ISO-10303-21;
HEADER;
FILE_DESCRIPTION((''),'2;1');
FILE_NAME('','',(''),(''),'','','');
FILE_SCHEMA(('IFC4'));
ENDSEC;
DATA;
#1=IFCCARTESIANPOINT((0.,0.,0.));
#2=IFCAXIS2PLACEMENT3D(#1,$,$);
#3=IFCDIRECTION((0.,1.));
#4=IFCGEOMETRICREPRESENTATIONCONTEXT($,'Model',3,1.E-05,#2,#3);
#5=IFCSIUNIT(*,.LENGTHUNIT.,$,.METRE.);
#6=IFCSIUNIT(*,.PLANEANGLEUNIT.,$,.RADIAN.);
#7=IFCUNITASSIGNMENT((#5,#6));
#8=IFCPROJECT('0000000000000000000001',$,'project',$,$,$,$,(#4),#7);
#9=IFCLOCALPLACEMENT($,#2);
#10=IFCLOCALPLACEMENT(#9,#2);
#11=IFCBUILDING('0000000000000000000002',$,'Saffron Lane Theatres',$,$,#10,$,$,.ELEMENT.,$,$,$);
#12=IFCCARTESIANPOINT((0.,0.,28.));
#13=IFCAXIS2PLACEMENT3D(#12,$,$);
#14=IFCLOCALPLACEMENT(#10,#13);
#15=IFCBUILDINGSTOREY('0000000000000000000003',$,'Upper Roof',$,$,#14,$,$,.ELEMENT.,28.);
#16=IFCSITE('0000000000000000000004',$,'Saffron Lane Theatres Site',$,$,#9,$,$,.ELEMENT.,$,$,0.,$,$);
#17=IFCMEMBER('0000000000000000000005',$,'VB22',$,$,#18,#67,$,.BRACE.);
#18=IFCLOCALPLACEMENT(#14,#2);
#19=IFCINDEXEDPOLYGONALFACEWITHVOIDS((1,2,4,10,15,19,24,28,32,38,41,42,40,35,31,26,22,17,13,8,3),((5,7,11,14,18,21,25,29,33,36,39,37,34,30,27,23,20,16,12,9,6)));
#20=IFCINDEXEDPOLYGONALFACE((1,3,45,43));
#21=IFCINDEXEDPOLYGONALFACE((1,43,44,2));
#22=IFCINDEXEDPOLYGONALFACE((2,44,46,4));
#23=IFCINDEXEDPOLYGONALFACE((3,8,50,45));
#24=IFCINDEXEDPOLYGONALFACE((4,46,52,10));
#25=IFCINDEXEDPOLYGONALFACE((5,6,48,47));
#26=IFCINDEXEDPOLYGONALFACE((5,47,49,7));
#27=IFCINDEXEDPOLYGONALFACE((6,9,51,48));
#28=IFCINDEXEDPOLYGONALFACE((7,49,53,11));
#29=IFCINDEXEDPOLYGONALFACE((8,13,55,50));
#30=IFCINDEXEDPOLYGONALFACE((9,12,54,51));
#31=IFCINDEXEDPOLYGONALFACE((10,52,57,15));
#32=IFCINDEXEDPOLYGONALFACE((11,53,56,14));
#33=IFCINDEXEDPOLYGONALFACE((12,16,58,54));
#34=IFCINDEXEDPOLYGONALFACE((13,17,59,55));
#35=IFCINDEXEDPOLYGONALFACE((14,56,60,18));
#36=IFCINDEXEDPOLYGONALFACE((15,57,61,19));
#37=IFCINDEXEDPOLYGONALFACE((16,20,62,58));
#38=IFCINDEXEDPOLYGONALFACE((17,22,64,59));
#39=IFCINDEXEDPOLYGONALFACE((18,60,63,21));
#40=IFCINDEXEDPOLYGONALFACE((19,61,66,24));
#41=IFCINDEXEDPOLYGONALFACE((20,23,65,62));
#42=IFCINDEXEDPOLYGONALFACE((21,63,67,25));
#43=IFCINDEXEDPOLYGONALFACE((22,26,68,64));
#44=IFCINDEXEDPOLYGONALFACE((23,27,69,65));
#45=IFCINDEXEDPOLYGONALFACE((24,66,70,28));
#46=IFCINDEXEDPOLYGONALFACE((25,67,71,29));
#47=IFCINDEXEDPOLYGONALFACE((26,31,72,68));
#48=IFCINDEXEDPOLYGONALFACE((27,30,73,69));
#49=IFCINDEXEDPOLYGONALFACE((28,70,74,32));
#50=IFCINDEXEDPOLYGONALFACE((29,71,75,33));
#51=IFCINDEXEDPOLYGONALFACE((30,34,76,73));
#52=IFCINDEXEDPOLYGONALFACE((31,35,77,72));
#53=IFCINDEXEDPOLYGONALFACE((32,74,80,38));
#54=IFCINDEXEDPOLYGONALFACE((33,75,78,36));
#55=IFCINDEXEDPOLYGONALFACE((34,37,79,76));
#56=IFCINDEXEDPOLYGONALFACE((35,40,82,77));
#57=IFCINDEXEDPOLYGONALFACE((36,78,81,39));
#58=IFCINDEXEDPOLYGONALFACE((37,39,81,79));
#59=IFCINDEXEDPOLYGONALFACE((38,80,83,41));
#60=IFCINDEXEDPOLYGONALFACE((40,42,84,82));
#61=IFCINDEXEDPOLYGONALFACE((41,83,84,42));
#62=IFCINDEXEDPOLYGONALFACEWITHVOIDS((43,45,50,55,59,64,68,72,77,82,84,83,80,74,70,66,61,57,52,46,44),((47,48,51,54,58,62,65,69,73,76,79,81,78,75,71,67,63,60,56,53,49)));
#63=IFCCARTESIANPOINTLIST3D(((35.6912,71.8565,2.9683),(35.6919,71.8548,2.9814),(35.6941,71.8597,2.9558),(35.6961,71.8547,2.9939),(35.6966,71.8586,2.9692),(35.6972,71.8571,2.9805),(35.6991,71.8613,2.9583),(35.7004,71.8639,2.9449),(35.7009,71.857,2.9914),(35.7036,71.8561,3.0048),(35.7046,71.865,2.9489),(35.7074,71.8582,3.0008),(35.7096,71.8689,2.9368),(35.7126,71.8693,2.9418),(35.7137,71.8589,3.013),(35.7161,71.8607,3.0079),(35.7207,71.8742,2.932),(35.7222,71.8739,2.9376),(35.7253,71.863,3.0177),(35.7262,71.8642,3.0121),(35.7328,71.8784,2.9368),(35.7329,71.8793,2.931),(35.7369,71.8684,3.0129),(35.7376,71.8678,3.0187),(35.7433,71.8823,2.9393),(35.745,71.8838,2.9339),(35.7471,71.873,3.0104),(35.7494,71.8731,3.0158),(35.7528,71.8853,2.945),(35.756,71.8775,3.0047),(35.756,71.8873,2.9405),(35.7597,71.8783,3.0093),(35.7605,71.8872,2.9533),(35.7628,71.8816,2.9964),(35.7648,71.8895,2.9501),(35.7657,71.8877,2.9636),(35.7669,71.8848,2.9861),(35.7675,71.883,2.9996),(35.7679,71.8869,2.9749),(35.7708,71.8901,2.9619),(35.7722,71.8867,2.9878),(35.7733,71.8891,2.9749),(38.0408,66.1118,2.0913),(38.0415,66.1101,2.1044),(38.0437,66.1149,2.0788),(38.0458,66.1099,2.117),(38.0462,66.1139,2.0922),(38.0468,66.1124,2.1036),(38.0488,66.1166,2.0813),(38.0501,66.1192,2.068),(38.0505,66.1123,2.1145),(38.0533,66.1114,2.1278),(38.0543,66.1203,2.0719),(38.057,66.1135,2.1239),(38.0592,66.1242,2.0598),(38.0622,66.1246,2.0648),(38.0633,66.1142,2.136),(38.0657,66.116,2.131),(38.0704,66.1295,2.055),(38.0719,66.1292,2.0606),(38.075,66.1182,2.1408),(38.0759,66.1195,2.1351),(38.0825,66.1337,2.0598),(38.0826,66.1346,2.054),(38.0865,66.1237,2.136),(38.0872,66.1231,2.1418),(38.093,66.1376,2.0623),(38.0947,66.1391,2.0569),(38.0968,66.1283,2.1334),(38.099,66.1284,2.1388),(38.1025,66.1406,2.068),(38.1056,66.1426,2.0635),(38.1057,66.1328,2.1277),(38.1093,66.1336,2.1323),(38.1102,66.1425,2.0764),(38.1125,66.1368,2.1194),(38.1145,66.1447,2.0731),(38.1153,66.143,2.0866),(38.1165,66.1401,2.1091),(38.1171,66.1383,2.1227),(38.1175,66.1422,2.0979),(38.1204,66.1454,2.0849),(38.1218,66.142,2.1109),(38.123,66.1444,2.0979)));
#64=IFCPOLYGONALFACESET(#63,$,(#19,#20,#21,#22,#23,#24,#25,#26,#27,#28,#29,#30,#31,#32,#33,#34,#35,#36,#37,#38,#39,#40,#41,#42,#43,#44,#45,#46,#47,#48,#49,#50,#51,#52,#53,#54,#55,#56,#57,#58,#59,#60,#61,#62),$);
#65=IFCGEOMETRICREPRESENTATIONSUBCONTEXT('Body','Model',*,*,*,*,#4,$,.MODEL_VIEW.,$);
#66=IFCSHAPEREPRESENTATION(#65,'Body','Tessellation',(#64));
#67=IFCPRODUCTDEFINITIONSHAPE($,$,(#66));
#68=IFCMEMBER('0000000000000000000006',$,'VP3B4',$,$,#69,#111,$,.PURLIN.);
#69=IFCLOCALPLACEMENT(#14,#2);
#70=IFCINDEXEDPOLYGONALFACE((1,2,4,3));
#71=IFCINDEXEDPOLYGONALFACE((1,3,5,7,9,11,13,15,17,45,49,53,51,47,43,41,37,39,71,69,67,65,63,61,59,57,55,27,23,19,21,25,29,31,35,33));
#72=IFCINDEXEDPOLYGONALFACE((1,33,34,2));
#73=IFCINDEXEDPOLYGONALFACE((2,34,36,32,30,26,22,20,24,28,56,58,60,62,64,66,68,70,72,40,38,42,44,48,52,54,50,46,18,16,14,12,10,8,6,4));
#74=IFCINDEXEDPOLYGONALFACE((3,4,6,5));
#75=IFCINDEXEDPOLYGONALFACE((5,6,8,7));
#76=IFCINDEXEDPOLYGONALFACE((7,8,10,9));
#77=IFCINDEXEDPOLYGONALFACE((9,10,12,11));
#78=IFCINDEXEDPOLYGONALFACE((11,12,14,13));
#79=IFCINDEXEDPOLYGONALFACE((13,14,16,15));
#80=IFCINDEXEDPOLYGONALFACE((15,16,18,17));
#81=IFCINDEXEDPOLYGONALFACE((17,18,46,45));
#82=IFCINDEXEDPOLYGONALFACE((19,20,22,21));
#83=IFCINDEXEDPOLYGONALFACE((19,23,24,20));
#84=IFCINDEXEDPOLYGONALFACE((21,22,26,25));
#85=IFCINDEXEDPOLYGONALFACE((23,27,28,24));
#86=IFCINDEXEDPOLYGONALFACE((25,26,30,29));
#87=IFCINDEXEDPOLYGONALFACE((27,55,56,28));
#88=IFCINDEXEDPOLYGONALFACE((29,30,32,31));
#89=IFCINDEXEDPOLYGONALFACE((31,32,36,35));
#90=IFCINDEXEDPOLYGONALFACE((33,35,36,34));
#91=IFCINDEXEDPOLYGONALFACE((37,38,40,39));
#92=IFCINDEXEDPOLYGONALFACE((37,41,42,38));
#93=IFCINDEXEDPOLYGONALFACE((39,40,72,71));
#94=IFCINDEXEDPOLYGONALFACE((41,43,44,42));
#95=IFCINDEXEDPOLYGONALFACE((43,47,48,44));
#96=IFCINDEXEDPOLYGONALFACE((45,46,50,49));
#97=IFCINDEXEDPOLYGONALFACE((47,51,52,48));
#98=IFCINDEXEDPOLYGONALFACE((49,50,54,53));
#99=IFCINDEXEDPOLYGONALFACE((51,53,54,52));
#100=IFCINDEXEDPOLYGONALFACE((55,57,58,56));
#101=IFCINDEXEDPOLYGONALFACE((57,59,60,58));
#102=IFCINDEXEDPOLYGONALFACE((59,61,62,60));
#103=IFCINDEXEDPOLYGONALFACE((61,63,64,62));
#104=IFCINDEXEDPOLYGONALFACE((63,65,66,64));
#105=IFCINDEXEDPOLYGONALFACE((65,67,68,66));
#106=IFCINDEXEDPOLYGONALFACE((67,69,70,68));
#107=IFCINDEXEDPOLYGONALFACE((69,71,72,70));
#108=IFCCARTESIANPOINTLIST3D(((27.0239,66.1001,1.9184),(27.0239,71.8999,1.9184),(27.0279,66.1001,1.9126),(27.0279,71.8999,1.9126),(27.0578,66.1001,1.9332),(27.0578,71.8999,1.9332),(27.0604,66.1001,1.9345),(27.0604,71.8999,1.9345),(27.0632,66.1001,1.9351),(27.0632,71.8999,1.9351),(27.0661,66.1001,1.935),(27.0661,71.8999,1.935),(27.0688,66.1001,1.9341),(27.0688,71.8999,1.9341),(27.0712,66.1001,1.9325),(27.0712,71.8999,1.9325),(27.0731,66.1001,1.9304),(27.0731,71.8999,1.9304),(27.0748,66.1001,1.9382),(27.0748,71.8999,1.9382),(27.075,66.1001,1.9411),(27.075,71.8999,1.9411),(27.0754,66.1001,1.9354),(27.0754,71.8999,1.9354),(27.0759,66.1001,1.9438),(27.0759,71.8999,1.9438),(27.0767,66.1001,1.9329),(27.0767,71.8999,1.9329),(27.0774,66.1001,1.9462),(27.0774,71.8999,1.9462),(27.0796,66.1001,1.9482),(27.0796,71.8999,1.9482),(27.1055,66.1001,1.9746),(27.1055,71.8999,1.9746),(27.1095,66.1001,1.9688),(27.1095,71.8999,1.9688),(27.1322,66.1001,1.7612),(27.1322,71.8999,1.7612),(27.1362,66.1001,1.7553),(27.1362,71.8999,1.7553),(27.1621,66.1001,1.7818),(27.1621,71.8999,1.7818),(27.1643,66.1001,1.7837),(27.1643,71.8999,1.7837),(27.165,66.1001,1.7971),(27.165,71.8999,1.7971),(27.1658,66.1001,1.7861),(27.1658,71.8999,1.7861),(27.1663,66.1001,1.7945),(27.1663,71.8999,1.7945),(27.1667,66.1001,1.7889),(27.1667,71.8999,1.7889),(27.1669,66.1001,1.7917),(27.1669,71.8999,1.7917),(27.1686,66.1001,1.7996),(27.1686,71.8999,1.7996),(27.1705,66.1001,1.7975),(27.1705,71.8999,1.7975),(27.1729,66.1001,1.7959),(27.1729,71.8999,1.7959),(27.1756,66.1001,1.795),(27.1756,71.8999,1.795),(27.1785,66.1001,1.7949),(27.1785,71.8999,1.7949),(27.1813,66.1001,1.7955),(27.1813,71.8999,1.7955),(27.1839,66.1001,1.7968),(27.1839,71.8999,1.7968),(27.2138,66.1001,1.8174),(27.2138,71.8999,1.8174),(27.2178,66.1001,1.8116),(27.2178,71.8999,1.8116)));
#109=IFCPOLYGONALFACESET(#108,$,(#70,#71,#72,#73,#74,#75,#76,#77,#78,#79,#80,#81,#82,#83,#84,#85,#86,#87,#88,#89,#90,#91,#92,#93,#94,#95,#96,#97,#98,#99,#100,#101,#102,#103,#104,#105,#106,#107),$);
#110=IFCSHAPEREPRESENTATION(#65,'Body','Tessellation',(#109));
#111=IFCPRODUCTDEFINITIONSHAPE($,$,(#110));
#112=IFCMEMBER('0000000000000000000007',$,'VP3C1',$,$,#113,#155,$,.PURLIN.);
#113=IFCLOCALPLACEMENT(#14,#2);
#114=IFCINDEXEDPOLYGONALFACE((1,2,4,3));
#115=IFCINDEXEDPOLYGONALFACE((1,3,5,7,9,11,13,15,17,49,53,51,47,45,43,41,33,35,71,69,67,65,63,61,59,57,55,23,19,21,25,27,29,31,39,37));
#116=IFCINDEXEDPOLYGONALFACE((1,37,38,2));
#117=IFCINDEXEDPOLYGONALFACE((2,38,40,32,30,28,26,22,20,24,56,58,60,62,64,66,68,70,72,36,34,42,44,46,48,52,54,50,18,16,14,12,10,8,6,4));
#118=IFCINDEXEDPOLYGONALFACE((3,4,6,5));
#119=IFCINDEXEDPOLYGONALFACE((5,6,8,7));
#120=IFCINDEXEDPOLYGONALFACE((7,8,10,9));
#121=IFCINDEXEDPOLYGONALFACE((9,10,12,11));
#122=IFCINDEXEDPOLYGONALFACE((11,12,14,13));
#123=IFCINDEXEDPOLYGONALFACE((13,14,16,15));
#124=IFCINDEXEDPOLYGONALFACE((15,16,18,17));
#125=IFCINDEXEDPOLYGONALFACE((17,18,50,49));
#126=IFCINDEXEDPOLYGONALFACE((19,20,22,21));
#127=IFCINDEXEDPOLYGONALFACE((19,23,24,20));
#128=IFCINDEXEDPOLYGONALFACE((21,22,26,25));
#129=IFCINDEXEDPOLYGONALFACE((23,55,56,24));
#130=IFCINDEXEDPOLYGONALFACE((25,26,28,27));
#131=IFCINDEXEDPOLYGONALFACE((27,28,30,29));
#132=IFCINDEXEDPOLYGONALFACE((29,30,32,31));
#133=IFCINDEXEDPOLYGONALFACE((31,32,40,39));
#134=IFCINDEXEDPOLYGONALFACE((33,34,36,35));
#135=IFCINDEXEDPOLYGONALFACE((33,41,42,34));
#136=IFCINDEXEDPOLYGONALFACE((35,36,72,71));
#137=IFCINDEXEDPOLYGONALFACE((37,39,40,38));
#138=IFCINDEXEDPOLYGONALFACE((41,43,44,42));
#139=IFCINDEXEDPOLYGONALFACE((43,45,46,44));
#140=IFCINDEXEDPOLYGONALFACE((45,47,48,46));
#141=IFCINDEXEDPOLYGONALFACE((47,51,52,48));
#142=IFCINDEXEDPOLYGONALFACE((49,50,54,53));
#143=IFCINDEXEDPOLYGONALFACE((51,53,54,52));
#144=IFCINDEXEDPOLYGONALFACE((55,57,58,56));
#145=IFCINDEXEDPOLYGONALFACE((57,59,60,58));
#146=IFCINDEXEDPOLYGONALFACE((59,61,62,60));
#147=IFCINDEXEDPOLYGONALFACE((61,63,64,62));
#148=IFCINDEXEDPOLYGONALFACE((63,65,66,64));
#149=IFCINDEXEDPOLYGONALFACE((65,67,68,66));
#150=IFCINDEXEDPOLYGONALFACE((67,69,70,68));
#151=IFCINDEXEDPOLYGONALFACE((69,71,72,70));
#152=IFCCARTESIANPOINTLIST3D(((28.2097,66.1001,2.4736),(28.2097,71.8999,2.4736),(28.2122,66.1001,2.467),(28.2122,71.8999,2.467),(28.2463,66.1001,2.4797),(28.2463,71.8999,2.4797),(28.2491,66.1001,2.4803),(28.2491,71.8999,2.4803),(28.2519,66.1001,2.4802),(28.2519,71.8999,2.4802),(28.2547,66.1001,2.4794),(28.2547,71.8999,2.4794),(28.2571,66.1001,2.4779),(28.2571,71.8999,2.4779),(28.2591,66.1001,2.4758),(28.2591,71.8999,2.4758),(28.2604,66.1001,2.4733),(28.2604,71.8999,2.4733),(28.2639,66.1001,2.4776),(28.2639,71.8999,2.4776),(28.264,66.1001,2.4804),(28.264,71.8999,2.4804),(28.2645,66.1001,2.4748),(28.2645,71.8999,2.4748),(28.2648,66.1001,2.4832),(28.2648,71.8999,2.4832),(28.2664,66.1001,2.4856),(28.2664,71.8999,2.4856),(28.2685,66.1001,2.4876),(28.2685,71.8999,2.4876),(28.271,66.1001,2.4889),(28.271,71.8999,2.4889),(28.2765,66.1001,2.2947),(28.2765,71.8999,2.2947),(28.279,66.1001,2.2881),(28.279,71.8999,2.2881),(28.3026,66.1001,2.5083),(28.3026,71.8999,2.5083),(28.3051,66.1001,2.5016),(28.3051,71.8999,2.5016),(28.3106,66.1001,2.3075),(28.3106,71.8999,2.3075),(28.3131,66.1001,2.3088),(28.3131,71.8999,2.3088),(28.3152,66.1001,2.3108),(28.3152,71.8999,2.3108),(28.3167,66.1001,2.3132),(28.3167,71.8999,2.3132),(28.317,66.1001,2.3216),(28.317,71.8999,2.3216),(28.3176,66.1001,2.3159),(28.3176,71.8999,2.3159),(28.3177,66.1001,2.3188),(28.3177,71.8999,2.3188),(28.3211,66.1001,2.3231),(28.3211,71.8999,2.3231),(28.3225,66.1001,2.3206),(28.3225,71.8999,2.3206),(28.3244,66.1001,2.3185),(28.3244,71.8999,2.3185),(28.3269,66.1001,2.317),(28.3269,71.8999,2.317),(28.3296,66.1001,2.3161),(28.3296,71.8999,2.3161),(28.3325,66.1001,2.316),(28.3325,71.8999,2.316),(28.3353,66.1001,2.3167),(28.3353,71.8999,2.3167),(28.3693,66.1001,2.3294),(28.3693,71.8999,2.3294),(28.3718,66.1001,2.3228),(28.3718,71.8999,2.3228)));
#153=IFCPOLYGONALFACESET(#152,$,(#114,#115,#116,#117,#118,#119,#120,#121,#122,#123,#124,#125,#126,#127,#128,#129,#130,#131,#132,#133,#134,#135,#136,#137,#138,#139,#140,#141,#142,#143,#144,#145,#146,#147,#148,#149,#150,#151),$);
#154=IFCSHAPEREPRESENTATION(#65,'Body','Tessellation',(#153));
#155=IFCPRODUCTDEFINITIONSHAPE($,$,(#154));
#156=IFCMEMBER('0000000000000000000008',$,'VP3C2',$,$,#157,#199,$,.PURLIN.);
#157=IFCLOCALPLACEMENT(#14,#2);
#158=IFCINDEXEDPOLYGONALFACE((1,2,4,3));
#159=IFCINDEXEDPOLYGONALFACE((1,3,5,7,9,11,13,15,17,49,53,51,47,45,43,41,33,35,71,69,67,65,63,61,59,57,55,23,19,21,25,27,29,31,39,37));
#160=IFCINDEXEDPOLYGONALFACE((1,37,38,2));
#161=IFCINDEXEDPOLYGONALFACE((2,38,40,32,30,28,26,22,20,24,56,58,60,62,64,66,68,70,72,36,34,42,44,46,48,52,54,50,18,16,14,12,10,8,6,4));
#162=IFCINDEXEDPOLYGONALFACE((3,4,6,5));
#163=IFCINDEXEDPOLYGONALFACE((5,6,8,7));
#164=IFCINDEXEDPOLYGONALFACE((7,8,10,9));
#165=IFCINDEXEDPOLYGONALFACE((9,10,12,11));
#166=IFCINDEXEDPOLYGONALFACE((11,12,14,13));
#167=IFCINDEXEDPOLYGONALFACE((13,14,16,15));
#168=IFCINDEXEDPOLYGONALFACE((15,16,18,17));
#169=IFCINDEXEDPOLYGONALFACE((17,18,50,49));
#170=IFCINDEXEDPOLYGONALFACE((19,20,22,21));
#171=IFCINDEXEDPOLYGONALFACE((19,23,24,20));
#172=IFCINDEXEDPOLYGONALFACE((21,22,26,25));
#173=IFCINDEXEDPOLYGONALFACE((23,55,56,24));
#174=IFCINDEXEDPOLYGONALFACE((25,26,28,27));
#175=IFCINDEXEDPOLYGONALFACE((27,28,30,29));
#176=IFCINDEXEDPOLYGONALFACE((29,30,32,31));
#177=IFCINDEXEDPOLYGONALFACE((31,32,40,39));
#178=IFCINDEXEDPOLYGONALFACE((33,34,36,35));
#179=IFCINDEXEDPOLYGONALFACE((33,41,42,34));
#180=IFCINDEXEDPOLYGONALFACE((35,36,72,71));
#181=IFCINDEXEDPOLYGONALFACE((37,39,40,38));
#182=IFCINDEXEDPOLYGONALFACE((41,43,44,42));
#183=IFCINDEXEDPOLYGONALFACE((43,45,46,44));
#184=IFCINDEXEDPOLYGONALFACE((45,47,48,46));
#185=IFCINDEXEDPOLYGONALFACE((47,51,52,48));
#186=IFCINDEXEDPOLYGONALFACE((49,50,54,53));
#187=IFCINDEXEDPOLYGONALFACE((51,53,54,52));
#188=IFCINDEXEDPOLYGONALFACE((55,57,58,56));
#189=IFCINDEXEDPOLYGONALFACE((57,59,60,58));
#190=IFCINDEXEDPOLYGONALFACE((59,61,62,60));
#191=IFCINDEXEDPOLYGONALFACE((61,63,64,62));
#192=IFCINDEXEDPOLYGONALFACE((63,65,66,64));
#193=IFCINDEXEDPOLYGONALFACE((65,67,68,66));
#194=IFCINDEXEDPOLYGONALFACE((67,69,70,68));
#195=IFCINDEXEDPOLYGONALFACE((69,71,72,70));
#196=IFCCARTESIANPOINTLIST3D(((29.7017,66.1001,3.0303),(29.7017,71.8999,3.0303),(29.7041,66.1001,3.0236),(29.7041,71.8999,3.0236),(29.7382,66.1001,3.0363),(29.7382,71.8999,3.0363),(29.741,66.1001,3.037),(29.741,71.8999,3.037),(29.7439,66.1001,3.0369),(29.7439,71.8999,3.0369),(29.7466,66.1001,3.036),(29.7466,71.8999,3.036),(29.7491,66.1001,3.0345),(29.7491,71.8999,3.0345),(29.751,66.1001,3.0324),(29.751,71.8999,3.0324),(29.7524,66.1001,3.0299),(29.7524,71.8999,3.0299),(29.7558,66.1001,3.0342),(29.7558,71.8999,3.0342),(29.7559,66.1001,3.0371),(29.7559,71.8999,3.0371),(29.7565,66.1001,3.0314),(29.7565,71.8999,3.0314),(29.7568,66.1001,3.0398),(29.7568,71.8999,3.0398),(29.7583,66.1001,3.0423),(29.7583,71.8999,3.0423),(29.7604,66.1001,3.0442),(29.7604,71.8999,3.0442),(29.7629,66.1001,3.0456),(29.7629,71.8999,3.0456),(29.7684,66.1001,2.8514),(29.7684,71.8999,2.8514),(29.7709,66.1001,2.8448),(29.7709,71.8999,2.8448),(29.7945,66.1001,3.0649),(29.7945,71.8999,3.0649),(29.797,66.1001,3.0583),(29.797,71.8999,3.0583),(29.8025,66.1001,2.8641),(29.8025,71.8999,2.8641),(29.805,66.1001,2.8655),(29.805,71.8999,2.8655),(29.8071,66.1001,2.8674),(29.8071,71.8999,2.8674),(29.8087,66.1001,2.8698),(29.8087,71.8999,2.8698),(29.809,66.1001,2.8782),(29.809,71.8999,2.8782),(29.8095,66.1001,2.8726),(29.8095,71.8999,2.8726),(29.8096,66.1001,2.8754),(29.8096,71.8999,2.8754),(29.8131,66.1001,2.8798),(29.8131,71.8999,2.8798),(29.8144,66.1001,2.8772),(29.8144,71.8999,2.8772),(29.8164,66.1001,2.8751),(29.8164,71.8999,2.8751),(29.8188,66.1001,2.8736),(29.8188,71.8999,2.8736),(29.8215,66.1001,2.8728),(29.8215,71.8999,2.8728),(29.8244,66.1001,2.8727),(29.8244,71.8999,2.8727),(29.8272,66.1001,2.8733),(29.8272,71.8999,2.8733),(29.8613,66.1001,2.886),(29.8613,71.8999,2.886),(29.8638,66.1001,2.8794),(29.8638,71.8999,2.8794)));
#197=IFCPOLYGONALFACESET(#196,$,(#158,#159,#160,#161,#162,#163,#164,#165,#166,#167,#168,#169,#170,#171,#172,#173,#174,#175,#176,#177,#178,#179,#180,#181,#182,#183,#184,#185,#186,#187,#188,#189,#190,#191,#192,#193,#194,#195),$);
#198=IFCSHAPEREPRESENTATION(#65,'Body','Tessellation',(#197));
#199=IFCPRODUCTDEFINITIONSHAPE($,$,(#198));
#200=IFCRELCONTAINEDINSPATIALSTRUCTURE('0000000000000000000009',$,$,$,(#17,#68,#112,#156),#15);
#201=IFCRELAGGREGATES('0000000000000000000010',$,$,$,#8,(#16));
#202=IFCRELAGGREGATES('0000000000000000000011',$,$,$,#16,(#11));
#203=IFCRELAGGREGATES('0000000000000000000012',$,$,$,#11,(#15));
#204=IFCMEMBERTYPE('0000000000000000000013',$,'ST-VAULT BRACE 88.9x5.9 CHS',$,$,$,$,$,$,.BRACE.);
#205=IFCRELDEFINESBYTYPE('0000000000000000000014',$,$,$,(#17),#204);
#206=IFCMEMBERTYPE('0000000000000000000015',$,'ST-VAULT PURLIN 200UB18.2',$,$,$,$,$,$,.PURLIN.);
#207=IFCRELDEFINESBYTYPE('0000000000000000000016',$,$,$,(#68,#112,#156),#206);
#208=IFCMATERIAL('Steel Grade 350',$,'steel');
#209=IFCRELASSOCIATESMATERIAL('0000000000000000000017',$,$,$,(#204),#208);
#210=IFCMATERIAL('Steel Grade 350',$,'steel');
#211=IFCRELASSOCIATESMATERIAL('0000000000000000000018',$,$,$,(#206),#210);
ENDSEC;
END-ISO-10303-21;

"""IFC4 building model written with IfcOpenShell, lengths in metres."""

from ifc_helpers import new_model, si_unit, direction, frame, origin, origin_2d, place, context, subcontext, project, spatial, hollow_circle, i_section, extrude, material, material_profile, profile_set, type_object, element, save


model = new_model("IFC4")

# Units and contexts
model_context = context("Model", 3, precision=1e-05, world=origin(), true_north=direction((0.0, 1.0)))
body_context = subcontext(model_context, "Body", "Model", "MODEL_VIEW")
ifc_project = project(units=[si_unit("LENGTHUNIT", "METRE"), si_unit("PLANEANGLEUNIT", "RADIAN")], contexts=[model_context])

# Site, building, storey
site_placement = place(None, origin())
site = spatial("IfcSite", under=ifc_project, at=site_placement, Name="Saffron Lane Theatres Site", CompositionType="ELEMENT", RefElevation=0.0)
building_placement = place(site_placement, origin())
building = spatial("IfcBuilding", under=site, at=building_placement, Name="Saffron Lane Theatres", CompositionType="ELEMENT")
storey_placement = place(building_placement, frame((0.0, 0.0, 28.0)))
storey = spatial("IfcBuildingStorey", under=building, at=storey_placement, Name="Upper Roof", CompositionType="ELEMENT", Elevation=28.0)

# Members
ifc_material_1 = material(Name="Steel Grade 350", Category="steel")
ifc_material_profile_1 = material_profile(ifc_material_1, hollow_circle(Radius=0.0444, WallThickness=0.0059, at=origin_2d()))
ifc_profile_set_1 = profile_set([ifc_material_profile_1], Name="Steel Grade 350")
member_type_1 = type_object("IfcMemberType", Name="ST-VAULT BRACE 88.9x5.9 CHS", PredefinedType="BRACE", material=ifc_profile_set_1)
member_1_placement = place(storey_placement, frame((35.7322, 71.8723, 2.9749), z_axis=(0.374845, -0.91647, -0.139905), x_axis=(0.925573, 0.378569, 0.0)))
element("IfcMember", 1, at=member_1_placement, inside=storey, type_object=member_type_1, Name="VB22", PredefinedType="BRACE", context=body_context, shape_type="SweptSolid", body=[
    extrude(hollow_circle(Radius=0.0444, WallThickness=0.0059, at=origin_2d()), origin(), (0.0, 0.0, 1.0), 6.2683),
])
ifc_material_2 = material(Name="Steel Grade 350", Category="steel")
ifc_material_profile_2 = material_profile(ifc_material_2, i_section(OverallWidth=0.0991, OverallDepth=0.198, WebThickness=0.0044, FlangeThickness=0.0071, FilletRadius=0.011, at=origin_2d()))
ifc_profile_set_2 = profile_set([ifc_material_profile_2], Name="Steel Grade 350")
member_type_2 = type_object("IfcMemberType", Name="ST-VAULT PURLIN 200UB18.2", PredefinedType="PURLIN", material=ifc_profile_set_2)
for number, where, z_axis, x_axis, name in (
    (2, (27.1208, 66.1001, 1.865), (0.0, 1.0, 0.0), (0.823487, 0.0, 0.567335), "VP3B4"),
    (3, (28.2908, 66.1001, 2.3982), (0.0, 1.0, 0.0), (0.93689, 0.0, 0.349624), "VP3C1"),
    (4, (29.7827, 66.1001, 2.9548), (0.0, 1.0, 0.0), (0.93689, 0.0, 0.349624), "VP3C2"),
):
    element("IfcMember", number, at=place(storey_placement, frame(where, z_axis=z_axis, x_axis=x_axis)), inside=storey, type_object=member_type_2, Name=name, PredefinedType="PURLIN", context=body_context, shape_type="SweptSolid", body=[
        extrude(i_section(OverallWidth=0.0991, OverallDepth=0.198, WebThickness=0.0044, FlangeThickness=0.0071, FilletRadius=0.011, at=origin_2d()), origin(), (0.0, 0.0, 1.0), 5.7998),
    ])

save(model, "model.ifc")
